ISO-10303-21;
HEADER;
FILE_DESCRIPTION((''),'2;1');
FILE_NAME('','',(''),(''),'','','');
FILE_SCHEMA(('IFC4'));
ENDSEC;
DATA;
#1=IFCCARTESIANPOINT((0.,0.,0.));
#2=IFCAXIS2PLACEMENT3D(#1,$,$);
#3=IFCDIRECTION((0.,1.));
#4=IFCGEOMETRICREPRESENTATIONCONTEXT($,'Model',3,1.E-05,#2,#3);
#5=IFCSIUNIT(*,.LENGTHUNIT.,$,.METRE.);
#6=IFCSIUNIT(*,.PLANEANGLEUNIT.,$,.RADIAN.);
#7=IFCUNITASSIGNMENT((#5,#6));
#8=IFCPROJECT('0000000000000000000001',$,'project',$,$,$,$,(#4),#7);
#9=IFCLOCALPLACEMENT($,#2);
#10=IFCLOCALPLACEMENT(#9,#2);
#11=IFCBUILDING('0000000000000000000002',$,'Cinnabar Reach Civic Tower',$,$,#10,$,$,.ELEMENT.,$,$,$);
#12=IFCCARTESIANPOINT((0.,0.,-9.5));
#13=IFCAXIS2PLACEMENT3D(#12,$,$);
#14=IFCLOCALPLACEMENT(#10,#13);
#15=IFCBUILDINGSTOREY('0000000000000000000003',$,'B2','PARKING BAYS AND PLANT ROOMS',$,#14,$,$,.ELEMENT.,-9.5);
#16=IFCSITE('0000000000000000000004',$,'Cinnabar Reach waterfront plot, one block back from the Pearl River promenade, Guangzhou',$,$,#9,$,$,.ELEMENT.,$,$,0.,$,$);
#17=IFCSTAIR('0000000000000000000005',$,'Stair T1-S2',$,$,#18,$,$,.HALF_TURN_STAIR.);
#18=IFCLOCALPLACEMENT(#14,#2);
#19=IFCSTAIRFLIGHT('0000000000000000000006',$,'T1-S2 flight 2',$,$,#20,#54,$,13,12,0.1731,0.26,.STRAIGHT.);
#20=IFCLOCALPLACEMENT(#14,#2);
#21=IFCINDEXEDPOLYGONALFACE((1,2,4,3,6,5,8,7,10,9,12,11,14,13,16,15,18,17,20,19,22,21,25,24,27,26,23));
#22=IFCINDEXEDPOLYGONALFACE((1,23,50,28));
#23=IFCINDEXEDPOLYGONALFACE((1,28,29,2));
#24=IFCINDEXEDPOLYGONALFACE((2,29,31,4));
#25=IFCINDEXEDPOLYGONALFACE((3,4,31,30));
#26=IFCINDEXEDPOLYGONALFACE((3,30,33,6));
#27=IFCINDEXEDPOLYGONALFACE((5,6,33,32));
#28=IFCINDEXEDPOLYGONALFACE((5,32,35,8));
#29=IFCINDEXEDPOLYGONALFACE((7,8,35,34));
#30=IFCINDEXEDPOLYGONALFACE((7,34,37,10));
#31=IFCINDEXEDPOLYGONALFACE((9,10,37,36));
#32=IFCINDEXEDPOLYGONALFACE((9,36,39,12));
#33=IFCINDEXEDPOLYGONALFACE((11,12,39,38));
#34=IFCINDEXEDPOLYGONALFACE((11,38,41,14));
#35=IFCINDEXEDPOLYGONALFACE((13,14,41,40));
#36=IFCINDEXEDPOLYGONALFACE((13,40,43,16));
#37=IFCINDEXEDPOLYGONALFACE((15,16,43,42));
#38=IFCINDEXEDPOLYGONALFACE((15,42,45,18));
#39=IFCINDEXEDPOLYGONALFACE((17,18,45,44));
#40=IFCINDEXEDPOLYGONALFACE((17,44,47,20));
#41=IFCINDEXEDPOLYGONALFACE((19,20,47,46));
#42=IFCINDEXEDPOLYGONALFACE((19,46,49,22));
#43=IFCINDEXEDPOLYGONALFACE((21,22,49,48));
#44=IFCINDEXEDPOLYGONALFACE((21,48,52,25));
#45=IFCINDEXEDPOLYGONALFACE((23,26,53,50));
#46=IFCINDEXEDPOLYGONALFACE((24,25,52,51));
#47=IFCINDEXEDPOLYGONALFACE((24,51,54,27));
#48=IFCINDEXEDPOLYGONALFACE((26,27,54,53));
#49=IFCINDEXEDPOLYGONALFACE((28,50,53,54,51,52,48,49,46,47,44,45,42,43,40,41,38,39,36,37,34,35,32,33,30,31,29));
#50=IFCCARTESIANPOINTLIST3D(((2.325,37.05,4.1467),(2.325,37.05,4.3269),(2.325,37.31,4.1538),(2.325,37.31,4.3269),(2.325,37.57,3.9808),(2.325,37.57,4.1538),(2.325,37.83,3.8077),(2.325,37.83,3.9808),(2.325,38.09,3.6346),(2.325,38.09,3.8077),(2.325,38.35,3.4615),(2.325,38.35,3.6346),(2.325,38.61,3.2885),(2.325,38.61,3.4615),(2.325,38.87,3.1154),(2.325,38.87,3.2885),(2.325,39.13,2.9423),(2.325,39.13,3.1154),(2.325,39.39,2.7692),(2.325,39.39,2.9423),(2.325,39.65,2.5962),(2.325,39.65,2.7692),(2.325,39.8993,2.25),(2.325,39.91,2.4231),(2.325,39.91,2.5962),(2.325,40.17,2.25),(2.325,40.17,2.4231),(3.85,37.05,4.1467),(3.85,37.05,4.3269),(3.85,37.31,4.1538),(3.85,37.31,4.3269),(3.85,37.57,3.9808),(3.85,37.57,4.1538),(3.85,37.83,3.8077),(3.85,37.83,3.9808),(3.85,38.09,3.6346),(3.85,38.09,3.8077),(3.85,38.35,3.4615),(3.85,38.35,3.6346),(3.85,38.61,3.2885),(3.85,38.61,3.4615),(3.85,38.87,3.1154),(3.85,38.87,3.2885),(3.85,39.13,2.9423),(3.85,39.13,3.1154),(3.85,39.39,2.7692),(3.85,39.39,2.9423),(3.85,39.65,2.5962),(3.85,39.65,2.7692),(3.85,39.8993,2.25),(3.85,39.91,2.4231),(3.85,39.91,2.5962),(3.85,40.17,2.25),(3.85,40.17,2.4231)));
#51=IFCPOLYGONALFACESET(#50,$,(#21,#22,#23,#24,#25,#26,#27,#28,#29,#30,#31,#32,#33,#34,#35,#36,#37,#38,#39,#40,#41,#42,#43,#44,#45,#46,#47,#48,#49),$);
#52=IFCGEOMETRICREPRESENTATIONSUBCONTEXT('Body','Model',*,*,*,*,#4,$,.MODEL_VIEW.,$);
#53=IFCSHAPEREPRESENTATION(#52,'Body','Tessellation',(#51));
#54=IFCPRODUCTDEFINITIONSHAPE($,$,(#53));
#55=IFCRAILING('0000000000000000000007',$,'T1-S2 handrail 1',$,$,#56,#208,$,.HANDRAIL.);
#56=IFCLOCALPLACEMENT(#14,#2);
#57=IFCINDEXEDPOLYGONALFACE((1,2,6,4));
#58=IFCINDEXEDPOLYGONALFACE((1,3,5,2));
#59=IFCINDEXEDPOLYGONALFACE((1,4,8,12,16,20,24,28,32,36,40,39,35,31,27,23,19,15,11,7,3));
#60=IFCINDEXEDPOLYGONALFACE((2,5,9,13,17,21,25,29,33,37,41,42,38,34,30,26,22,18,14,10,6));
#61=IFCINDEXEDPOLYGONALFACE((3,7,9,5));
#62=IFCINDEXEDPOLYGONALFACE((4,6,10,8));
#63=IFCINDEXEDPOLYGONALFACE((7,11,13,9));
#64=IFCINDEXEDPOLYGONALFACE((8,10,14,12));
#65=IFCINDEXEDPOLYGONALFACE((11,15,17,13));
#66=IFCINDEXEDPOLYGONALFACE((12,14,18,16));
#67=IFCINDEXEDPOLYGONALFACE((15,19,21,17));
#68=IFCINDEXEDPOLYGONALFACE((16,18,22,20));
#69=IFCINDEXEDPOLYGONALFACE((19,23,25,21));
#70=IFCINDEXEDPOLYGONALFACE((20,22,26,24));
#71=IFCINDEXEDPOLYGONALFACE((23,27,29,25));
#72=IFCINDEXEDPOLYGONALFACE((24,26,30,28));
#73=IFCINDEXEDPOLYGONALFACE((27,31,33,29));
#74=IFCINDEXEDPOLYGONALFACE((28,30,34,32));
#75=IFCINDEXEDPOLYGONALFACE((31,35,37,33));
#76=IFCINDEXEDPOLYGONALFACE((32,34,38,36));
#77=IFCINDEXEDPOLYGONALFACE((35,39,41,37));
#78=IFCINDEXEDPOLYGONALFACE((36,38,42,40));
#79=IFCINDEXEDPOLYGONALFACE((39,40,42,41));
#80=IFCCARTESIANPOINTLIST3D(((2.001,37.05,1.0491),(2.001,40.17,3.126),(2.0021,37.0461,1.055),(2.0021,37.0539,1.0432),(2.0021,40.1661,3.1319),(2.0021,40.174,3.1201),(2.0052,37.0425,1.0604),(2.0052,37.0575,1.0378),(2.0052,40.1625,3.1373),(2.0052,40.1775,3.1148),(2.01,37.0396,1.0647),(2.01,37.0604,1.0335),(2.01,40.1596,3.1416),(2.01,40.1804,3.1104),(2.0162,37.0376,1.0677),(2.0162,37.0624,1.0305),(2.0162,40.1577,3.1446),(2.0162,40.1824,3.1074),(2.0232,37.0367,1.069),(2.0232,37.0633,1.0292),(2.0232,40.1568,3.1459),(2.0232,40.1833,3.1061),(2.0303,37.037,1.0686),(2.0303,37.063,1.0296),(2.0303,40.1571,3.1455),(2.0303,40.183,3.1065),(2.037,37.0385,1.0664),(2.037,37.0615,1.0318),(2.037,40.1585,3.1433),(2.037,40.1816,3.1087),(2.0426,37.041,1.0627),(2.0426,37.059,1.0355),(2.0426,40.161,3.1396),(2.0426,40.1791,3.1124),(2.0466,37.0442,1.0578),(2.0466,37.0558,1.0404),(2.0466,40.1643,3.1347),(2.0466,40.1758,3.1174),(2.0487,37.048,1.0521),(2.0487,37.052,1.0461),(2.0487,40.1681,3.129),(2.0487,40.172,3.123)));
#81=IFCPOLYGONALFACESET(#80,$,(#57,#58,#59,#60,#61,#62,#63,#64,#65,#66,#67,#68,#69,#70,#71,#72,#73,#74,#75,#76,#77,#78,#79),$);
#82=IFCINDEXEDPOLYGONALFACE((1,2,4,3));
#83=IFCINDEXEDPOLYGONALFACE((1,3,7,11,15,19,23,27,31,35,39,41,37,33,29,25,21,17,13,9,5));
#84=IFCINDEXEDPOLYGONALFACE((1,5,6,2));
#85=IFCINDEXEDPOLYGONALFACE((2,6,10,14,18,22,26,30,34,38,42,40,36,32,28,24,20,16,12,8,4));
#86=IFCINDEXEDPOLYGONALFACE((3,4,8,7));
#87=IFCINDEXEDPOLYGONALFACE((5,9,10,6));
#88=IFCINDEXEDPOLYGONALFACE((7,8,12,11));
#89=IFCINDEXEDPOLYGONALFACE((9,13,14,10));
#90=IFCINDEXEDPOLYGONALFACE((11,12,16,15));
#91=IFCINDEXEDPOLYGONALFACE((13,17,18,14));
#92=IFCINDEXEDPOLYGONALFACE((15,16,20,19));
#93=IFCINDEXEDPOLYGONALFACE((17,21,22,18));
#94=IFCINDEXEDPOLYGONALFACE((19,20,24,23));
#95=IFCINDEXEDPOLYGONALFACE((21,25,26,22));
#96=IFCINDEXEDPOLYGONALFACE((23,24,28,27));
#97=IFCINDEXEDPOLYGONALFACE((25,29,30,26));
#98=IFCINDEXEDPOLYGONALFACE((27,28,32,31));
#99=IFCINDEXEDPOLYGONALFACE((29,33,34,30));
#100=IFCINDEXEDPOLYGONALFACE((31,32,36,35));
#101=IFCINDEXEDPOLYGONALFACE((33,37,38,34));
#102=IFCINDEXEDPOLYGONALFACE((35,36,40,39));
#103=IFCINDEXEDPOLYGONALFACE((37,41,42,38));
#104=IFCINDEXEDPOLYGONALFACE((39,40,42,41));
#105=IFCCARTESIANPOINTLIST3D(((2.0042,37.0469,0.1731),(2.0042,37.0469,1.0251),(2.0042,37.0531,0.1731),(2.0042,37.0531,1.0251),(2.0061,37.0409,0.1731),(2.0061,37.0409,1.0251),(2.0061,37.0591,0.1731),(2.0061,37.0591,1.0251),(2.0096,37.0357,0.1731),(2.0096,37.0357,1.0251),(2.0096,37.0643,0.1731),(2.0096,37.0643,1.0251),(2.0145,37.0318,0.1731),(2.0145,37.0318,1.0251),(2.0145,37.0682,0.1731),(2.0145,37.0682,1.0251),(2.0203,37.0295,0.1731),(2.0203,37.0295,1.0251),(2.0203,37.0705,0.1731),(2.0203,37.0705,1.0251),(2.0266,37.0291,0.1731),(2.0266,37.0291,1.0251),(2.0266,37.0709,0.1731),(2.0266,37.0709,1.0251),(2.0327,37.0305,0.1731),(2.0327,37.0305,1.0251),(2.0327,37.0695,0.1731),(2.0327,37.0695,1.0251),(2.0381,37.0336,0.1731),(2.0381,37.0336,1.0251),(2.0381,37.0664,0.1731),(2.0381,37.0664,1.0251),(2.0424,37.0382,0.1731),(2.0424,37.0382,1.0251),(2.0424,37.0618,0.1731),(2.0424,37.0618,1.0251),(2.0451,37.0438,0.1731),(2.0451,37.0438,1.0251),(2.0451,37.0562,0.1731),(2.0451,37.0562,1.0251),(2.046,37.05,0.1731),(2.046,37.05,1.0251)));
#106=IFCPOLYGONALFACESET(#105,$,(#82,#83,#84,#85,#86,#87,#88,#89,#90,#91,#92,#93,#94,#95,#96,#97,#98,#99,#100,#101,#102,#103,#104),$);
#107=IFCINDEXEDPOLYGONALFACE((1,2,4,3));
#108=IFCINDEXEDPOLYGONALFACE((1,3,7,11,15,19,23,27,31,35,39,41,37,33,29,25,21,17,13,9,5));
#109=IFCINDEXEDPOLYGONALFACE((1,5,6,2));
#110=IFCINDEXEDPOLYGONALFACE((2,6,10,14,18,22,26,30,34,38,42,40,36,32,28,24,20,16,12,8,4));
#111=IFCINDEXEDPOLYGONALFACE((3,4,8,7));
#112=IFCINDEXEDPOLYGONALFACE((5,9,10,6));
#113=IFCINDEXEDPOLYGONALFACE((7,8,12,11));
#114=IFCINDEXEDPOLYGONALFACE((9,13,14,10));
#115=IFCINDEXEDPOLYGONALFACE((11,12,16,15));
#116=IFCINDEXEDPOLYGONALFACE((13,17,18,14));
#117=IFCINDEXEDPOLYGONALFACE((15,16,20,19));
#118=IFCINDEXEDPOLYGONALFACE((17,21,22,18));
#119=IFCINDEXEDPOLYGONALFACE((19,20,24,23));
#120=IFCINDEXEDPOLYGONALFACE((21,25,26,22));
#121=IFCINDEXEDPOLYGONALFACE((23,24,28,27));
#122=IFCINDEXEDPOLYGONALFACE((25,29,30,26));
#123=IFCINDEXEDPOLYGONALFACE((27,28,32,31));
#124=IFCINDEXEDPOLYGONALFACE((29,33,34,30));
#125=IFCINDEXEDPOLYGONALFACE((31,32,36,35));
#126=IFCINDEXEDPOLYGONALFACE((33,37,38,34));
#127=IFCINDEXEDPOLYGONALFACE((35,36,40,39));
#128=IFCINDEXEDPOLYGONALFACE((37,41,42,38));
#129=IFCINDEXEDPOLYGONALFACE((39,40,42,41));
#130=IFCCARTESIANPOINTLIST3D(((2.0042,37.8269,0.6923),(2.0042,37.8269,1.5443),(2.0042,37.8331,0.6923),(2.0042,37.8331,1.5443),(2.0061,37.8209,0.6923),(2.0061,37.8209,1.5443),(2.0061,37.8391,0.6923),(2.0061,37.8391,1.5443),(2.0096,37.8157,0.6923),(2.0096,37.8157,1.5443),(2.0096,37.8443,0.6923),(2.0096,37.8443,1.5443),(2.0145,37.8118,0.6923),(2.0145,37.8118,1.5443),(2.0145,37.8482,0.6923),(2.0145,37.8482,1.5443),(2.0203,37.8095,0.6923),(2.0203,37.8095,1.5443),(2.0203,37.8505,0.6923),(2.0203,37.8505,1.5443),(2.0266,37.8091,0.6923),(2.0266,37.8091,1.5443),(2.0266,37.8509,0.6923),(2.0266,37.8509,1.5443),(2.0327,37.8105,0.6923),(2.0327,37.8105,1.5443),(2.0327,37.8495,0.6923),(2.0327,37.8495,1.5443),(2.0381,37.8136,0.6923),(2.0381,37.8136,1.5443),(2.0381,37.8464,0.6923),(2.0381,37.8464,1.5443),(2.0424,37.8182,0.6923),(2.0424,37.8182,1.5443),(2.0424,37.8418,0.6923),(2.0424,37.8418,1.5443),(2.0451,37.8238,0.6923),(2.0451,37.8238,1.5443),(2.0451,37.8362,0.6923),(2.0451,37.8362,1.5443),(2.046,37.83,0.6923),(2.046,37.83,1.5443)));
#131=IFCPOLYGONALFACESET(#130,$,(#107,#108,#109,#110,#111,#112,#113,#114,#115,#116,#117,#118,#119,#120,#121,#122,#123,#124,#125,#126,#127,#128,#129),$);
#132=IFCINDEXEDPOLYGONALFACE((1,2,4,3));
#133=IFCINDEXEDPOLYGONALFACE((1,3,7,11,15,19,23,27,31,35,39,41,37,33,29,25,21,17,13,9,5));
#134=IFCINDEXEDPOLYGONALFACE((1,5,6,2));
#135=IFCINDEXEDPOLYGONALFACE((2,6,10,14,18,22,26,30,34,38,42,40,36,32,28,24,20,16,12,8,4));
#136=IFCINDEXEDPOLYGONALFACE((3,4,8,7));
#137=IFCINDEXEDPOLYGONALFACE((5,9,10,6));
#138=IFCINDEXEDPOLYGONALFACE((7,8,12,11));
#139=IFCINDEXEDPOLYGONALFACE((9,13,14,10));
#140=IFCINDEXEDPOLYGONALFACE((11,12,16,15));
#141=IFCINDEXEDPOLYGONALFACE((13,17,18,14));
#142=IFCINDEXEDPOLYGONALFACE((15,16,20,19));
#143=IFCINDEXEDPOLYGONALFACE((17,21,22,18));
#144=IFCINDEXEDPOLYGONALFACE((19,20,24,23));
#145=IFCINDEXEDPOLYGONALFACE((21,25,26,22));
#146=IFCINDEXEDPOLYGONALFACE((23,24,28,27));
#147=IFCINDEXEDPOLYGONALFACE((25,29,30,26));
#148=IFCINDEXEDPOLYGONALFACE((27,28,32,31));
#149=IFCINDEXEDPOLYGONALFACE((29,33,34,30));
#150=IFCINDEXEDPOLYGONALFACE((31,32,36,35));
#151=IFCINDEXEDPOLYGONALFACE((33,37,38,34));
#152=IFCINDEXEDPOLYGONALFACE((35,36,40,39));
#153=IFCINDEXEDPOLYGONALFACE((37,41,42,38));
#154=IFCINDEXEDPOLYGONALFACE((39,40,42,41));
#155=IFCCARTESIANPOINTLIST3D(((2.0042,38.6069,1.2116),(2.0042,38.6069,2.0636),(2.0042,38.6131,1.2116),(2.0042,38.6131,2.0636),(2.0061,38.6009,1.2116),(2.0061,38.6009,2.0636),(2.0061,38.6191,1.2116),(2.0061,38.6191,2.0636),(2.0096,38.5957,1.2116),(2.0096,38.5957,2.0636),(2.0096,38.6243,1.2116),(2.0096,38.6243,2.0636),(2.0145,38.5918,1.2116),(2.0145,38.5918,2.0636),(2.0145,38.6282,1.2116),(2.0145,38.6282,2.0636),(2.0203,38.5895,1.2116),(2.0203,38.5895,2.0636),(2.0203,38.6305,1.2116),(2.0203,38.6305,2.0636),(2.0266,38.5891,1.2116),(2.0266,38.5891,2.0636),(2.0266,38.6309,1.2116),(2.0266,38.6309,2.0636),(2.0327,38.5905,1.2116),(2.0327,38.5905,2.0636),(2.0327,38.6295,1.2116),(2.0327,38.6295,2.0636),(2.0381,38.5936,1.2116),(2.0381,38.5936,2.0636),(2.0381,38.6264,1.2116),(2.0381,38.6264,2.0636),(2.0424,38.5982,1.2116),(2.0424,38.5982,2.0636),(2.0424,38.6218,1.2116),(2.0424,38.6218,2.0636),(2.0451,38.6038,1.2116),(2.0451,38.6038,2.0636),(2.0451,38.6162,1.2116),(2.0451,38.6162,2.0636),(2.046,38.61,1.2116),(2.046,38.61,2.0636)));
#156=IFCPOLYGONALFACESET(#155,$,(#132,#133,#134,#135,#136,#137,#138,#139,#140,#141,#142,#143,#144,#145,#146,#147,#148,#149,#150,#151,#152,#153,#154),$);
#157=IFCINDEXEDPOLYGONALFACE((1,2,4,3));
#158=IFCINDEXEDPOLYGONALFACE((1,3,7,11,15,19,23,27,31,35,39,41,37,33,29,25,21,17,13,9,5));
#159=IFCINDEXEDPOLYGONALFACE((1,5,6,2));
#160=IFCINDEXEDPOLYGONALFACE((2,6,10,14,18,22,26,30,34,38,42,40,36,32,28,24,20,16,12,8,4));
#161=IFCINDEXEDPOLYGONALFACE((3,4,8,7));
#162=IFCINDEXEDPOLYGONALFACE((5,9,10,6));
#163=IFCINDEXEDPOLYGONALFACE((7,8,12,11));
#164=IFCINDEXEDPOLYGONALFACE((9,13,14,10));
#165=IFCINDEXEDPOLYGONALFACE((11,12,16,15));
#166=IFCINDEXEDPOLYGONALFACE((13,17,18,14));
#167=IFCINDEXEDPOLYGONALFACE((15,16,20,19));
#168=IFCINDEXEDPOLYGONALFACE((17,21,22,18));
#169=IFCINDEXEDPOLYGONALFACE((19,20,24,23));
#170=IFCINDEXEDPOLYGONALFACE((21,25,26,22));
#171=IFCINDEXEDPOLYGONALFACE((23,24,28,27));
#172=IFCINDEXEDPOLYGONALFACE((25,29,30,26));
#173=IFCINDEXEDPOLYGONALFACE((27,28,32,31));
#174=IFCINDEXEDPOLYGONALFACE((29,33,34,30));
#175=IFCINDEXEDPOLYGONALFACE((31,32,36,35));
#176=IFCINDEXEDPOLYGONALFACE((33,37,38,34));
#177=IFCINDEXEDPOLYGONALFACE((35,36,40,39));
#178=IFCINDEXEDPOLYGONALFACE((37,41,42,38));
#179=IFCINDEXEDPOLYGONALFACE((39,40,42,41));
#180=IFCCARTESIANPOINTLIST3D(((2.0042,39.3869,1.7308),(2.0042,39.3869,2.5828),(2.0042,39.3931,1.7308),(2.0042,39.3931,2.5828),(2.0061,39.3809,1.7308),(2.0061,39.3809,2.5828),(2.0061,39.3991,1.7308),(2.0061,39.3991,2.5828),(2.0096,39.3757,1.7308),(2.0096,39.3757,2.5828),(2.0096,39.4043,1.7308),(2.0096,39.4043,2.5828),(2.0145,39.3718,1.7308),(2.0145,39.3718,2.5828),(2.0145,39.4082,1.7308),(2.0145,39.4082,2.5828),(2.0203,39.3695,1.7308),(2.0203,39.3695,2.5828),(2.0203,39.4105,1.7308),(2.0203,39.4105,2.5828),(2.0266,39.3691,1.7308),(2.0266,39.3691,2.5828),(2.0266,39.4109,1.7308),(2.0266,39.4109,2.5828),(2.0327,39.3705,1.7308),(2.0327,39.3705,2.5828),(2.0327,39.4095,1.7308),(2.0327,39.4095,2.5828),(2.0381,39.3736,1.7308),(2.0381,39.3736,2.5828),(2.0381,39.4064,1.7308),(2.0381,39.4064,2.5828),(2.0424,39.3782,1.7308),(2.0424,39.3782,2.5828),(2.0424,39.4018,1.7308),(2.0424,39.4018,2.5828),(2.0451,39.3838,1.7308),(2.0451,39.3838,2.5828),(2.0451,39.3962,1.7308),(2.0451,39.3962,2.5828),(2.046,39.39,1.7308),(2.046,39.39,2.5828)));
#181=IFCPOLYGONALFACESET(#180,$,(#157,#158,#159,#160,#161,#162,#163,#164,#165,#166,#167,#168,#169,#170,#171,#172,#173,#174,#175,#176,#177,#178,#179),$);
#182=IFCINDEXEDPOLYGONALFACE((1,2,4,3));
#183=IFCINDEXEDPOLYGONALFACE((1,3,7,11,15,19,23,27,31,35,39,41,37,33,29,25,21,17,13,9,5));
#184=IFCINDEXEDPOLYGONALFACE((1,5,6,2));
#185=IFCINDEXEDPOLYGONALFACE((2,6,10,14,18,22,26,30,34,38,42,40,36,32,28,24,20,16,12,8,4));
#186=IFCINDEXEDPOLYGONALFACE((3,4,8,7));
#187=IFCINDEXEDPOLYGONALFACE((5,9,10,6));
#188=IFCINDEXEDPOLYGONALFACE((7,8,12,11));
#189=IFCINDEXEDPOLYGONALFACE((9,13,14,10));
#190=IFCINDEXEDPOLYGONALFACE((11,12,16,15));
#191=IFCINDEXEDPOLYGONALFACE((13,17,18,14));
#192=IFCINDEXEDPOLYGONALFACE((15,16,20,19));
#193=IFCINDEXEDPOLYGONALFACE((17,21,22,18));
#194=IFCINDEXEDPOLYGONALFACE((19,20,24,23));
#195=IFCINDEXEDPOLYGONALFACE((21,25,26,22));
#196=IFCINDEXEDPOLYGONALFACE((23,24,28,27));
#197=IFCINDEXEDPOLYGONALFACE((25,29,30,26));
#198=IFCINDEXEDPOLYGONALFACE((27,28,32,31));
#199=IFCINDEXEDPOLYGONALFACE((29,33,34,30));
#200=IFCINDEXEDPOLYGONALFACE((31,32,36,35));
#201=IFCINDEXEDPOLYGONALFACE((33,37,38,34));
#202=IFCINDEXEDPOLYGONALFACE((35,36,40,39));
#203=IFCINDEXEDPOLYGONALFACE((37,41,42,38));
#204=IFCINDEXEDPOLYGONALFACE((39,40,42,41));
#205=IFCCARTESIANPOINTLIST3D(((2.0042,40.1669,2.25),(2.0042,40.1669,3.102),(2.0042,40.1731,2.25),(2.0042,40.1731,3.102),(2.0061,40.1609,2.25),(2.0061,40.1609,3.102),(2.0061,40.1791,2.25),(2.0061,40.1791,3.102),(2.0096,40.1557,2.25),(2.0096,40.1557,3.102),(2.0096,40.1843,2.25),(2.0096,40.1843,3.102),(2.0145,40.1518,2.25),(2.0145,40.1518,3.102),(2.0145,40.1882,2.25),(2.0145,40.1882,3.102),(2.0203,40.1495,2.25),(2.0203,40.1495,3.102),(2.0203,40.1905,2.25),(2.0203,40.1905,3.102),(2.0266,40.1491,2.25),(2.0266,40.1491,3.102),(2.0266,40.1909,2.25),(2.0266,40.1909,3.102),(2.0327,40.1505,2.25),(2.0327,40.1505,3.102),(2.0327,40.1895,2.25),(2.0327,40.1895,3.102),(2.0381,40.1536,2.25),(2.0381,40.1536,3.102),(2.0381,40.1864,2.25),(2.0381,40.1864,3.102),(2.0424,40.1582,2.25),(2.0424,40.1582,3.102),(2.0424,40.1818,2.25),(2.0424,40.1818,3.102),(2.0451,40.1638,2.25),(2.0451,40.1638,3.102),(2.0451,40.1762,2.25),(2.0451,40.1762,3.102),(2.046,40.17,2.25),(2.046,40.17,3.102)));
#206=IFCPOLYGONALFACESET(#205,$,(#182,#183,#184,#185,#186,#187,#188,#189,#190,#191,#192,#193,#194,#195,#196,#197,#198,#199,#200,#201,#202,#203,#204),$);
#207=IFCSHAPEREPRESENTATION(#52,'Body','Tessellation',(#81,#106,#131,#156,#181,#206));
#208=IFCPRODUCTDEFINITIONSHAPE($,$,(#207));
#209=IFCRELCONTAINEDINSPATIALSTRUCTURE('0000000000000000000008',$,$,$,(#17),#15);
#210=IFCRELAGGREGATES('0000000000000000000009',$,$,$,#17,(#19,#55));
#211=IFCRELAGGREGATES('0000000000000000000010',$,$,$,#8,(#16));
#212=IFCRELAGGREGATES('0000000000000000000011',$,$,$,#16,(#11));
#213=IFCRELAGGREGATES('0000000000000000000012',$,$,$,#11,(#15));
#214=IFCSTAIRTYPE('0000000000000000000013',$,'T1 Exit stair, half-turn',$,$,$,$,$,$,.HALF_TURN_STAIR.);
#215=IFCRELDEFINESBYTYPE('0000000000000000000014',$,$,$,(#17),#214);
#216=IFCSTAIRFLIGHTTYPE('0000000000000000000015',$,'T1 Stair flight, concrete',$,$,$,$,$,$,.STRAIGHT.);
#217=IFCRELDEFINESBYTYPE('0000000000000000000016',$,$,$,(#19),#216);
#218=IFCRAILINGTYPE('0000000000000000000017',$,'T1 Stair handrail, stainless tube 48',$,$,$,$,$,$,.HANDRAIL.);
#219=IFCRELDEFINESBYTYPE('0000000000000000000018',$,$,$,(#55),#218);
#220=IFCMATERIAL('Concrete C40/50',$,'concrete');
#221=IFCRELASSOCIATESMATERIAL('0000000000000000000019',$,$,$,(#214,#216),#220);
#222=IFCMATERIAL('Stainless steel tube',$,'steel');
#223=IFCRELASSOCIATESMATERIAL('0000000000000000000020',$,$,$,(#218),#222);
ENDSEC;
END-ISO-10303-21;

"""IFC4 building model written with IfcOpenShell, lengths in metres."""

from ifc_helpers import new_model, si_unit, direction, frame, origin, origin_2d, place, context, subcontext, project, spatial, polyline, circle, outline, extrude, material, type_object, element, aggregate, save


model = new_model("IFC4")

# Units and contexts
model_context = context("Model", 3, precision=1e-05, world=origin(), true_north=direction((0.0, 1.0)))
body_context = subcontext(model_context, "Body", "Model", "MODEL_VIEW")
ifc_project = project(units=[si_unit("LENGTHUNIT", "METRE"), si_unit("PLANEANGLEUNIT", "RADIAN")], contexts=[model_context])

# Site, building, storey
site_placement = place(None, origin())
site = spatial("IfcSite", under=ifc_project, at=site_placement, Name="Cinnabar Reach waterfront plot, one block back from the Pearl River promenade, Guangzhou", CompositionType="ELEMENT", RefElevation=0.0)
building_placement = place(site_placement, origin())
building = spatial("IfcBuilding", under=site, at=building_placement, Name="Cinnabar Reach Civic Tower", CompositionType="ELEMENT")
storey_placement = place(building_placement, frame((0.0, 0.0, -9.5)))
storey = spatial("IfcBuildingStorey", under=building, at=storey_placement, Name="B2", Description="PARKING BAYS AND PLANT ROOMS", CompositionType="ELEMENT", Elevation=-9.5)

# Shared definitions
ifc_material_1 = material(Name="Concrete C40/50", Category="concrete")

# Stair, stair flight, railing
stair_type = type_object("IfcStairType", Name="T1 Exit stair, half-turn", PredefinedType="HALF_TURN_STAIR", material=ifc_material_1)
stair_placement = place(storey_placement, origin())
stair = element("IfcStair", 1, at=stair_placement, inside=storey, type_object=stair_type, Name="Stair T1-S2", PredefinedType="HALF_TURN_STAIR")
stair_flight_type = type_object("IfcStairFlightType", Name="T1 Stair flight, concrete", PredefinedType="STRAIGHT", material=ifc_material_1)
stair_flight_1_placement = place(storey_placement, frame((3.0875, 40.17, 2.25), z_axis=(0.0, 0.0, 1.0), x_axis=(0.0, -1.0, 0.0)))
stair_flight_1 = element("IfcStairFlight", 2, at=stair_flight_1_placement, type_object=stair_flight_type, Name="T1-S2 flight 2", NumberOfRisers=13, NumberOfTreads=12, PredefinedType="STRAIGHT", RiserHeight=0.1731, TreadLength=0.26, context=body_context, shape_type="SweptSolid", body=[
    extrude(outline(polyline([(0.0, 0.0), (0.0, 0.1731), (0.26, 0.1731), (0.26, 0.3462), (0.52, 0.3462), (0.52, 0.5192), (0.78, 0.5192), (0.78, 0.6923), (1.04, 0.6923), (1.04, 0.8654), (1.3, 0.8654), (1.3, 1.0385), (1.56, 1.0385), (1.56, 1.2115), (1.82, 1.2115), (1.82, 1.3846), (2.08, 1.3846), (2.08, 1.5577), (2.34, 1.5577), (2.34, 1.7308), (2.6, 1.7308), (2.6, 1.9038), (2.86, 1.9038), (2.86, 2.0769), (3.12, 2.0769), (3.12, 2.25), (3.12, 1.8967), (0.2707, 0.0), (0.0, 0.0)])), frame((0.0, 0.7625, 0.0), z_axis=(0.0, -1.0, 0.0), x_axis=(1.0, 0.0, 0.0)), (0.0, 0.0, 1.0), 1.525),
])
ifc_material_2 = material(Name="Stainless steel tube", Category="steel")
railing_type = type_object("IfcRailingType", Name="T1 Stair handrail, stainless tube 48", PredefinedType="HANDRAIL", material=ifc_material_2)
railing_1_placement = place(storey_placement, frame((2.025, 37.05, 0.1731)))
railing_1 = element("IfcRailing", 3, at=railing_1_placement, type_object=railing_type, Name="T1-S2 handrail 1", PredefinedType="HANDRAIL", context=body_context, shape_type="SweptSolid", body=[
    extrude(circle(Radius=0.024, at=origin_2d()), frame((0.0, 0.0, 0.876), z_axis=(0.0, 0.832432, 0.554127), x_axis=(-1.0, 0.0, 0.0)), (0.0, 0.0, 1.0), 3.7481),
    extrude(circle(Radius=0.021, at=origin_2d()), origin(), (0.0, 0.0, 1.0), 0.852),
    extrude(circle(Radius=0.021, at=origin_2d()), frame((0.0, 0.78, 0.5192)), (0.0, 0.0, 1.0), 0.852),
    extrude(circle(Radius=0.021, at=origin_2d()), frame((0.0, 1.56, 1.0385)), (0.0, 0.0, 1.0), 0.852),
    extrude(circle(Radius=0.021, at=origin_2d()), frame((0.0, 2.34, 1.5577)), (0.0, 0.0, 1.0), 0.852),
    extrude(circle(Radius=0.021, at=origin_2d()), frame((0.0, 3.12, 2.0769)), (0.0, 0.0, 1.0), 0.852),
])
aggregate(stair, [stair_flight_1, railing_1])

save(model, "model.ifc")
